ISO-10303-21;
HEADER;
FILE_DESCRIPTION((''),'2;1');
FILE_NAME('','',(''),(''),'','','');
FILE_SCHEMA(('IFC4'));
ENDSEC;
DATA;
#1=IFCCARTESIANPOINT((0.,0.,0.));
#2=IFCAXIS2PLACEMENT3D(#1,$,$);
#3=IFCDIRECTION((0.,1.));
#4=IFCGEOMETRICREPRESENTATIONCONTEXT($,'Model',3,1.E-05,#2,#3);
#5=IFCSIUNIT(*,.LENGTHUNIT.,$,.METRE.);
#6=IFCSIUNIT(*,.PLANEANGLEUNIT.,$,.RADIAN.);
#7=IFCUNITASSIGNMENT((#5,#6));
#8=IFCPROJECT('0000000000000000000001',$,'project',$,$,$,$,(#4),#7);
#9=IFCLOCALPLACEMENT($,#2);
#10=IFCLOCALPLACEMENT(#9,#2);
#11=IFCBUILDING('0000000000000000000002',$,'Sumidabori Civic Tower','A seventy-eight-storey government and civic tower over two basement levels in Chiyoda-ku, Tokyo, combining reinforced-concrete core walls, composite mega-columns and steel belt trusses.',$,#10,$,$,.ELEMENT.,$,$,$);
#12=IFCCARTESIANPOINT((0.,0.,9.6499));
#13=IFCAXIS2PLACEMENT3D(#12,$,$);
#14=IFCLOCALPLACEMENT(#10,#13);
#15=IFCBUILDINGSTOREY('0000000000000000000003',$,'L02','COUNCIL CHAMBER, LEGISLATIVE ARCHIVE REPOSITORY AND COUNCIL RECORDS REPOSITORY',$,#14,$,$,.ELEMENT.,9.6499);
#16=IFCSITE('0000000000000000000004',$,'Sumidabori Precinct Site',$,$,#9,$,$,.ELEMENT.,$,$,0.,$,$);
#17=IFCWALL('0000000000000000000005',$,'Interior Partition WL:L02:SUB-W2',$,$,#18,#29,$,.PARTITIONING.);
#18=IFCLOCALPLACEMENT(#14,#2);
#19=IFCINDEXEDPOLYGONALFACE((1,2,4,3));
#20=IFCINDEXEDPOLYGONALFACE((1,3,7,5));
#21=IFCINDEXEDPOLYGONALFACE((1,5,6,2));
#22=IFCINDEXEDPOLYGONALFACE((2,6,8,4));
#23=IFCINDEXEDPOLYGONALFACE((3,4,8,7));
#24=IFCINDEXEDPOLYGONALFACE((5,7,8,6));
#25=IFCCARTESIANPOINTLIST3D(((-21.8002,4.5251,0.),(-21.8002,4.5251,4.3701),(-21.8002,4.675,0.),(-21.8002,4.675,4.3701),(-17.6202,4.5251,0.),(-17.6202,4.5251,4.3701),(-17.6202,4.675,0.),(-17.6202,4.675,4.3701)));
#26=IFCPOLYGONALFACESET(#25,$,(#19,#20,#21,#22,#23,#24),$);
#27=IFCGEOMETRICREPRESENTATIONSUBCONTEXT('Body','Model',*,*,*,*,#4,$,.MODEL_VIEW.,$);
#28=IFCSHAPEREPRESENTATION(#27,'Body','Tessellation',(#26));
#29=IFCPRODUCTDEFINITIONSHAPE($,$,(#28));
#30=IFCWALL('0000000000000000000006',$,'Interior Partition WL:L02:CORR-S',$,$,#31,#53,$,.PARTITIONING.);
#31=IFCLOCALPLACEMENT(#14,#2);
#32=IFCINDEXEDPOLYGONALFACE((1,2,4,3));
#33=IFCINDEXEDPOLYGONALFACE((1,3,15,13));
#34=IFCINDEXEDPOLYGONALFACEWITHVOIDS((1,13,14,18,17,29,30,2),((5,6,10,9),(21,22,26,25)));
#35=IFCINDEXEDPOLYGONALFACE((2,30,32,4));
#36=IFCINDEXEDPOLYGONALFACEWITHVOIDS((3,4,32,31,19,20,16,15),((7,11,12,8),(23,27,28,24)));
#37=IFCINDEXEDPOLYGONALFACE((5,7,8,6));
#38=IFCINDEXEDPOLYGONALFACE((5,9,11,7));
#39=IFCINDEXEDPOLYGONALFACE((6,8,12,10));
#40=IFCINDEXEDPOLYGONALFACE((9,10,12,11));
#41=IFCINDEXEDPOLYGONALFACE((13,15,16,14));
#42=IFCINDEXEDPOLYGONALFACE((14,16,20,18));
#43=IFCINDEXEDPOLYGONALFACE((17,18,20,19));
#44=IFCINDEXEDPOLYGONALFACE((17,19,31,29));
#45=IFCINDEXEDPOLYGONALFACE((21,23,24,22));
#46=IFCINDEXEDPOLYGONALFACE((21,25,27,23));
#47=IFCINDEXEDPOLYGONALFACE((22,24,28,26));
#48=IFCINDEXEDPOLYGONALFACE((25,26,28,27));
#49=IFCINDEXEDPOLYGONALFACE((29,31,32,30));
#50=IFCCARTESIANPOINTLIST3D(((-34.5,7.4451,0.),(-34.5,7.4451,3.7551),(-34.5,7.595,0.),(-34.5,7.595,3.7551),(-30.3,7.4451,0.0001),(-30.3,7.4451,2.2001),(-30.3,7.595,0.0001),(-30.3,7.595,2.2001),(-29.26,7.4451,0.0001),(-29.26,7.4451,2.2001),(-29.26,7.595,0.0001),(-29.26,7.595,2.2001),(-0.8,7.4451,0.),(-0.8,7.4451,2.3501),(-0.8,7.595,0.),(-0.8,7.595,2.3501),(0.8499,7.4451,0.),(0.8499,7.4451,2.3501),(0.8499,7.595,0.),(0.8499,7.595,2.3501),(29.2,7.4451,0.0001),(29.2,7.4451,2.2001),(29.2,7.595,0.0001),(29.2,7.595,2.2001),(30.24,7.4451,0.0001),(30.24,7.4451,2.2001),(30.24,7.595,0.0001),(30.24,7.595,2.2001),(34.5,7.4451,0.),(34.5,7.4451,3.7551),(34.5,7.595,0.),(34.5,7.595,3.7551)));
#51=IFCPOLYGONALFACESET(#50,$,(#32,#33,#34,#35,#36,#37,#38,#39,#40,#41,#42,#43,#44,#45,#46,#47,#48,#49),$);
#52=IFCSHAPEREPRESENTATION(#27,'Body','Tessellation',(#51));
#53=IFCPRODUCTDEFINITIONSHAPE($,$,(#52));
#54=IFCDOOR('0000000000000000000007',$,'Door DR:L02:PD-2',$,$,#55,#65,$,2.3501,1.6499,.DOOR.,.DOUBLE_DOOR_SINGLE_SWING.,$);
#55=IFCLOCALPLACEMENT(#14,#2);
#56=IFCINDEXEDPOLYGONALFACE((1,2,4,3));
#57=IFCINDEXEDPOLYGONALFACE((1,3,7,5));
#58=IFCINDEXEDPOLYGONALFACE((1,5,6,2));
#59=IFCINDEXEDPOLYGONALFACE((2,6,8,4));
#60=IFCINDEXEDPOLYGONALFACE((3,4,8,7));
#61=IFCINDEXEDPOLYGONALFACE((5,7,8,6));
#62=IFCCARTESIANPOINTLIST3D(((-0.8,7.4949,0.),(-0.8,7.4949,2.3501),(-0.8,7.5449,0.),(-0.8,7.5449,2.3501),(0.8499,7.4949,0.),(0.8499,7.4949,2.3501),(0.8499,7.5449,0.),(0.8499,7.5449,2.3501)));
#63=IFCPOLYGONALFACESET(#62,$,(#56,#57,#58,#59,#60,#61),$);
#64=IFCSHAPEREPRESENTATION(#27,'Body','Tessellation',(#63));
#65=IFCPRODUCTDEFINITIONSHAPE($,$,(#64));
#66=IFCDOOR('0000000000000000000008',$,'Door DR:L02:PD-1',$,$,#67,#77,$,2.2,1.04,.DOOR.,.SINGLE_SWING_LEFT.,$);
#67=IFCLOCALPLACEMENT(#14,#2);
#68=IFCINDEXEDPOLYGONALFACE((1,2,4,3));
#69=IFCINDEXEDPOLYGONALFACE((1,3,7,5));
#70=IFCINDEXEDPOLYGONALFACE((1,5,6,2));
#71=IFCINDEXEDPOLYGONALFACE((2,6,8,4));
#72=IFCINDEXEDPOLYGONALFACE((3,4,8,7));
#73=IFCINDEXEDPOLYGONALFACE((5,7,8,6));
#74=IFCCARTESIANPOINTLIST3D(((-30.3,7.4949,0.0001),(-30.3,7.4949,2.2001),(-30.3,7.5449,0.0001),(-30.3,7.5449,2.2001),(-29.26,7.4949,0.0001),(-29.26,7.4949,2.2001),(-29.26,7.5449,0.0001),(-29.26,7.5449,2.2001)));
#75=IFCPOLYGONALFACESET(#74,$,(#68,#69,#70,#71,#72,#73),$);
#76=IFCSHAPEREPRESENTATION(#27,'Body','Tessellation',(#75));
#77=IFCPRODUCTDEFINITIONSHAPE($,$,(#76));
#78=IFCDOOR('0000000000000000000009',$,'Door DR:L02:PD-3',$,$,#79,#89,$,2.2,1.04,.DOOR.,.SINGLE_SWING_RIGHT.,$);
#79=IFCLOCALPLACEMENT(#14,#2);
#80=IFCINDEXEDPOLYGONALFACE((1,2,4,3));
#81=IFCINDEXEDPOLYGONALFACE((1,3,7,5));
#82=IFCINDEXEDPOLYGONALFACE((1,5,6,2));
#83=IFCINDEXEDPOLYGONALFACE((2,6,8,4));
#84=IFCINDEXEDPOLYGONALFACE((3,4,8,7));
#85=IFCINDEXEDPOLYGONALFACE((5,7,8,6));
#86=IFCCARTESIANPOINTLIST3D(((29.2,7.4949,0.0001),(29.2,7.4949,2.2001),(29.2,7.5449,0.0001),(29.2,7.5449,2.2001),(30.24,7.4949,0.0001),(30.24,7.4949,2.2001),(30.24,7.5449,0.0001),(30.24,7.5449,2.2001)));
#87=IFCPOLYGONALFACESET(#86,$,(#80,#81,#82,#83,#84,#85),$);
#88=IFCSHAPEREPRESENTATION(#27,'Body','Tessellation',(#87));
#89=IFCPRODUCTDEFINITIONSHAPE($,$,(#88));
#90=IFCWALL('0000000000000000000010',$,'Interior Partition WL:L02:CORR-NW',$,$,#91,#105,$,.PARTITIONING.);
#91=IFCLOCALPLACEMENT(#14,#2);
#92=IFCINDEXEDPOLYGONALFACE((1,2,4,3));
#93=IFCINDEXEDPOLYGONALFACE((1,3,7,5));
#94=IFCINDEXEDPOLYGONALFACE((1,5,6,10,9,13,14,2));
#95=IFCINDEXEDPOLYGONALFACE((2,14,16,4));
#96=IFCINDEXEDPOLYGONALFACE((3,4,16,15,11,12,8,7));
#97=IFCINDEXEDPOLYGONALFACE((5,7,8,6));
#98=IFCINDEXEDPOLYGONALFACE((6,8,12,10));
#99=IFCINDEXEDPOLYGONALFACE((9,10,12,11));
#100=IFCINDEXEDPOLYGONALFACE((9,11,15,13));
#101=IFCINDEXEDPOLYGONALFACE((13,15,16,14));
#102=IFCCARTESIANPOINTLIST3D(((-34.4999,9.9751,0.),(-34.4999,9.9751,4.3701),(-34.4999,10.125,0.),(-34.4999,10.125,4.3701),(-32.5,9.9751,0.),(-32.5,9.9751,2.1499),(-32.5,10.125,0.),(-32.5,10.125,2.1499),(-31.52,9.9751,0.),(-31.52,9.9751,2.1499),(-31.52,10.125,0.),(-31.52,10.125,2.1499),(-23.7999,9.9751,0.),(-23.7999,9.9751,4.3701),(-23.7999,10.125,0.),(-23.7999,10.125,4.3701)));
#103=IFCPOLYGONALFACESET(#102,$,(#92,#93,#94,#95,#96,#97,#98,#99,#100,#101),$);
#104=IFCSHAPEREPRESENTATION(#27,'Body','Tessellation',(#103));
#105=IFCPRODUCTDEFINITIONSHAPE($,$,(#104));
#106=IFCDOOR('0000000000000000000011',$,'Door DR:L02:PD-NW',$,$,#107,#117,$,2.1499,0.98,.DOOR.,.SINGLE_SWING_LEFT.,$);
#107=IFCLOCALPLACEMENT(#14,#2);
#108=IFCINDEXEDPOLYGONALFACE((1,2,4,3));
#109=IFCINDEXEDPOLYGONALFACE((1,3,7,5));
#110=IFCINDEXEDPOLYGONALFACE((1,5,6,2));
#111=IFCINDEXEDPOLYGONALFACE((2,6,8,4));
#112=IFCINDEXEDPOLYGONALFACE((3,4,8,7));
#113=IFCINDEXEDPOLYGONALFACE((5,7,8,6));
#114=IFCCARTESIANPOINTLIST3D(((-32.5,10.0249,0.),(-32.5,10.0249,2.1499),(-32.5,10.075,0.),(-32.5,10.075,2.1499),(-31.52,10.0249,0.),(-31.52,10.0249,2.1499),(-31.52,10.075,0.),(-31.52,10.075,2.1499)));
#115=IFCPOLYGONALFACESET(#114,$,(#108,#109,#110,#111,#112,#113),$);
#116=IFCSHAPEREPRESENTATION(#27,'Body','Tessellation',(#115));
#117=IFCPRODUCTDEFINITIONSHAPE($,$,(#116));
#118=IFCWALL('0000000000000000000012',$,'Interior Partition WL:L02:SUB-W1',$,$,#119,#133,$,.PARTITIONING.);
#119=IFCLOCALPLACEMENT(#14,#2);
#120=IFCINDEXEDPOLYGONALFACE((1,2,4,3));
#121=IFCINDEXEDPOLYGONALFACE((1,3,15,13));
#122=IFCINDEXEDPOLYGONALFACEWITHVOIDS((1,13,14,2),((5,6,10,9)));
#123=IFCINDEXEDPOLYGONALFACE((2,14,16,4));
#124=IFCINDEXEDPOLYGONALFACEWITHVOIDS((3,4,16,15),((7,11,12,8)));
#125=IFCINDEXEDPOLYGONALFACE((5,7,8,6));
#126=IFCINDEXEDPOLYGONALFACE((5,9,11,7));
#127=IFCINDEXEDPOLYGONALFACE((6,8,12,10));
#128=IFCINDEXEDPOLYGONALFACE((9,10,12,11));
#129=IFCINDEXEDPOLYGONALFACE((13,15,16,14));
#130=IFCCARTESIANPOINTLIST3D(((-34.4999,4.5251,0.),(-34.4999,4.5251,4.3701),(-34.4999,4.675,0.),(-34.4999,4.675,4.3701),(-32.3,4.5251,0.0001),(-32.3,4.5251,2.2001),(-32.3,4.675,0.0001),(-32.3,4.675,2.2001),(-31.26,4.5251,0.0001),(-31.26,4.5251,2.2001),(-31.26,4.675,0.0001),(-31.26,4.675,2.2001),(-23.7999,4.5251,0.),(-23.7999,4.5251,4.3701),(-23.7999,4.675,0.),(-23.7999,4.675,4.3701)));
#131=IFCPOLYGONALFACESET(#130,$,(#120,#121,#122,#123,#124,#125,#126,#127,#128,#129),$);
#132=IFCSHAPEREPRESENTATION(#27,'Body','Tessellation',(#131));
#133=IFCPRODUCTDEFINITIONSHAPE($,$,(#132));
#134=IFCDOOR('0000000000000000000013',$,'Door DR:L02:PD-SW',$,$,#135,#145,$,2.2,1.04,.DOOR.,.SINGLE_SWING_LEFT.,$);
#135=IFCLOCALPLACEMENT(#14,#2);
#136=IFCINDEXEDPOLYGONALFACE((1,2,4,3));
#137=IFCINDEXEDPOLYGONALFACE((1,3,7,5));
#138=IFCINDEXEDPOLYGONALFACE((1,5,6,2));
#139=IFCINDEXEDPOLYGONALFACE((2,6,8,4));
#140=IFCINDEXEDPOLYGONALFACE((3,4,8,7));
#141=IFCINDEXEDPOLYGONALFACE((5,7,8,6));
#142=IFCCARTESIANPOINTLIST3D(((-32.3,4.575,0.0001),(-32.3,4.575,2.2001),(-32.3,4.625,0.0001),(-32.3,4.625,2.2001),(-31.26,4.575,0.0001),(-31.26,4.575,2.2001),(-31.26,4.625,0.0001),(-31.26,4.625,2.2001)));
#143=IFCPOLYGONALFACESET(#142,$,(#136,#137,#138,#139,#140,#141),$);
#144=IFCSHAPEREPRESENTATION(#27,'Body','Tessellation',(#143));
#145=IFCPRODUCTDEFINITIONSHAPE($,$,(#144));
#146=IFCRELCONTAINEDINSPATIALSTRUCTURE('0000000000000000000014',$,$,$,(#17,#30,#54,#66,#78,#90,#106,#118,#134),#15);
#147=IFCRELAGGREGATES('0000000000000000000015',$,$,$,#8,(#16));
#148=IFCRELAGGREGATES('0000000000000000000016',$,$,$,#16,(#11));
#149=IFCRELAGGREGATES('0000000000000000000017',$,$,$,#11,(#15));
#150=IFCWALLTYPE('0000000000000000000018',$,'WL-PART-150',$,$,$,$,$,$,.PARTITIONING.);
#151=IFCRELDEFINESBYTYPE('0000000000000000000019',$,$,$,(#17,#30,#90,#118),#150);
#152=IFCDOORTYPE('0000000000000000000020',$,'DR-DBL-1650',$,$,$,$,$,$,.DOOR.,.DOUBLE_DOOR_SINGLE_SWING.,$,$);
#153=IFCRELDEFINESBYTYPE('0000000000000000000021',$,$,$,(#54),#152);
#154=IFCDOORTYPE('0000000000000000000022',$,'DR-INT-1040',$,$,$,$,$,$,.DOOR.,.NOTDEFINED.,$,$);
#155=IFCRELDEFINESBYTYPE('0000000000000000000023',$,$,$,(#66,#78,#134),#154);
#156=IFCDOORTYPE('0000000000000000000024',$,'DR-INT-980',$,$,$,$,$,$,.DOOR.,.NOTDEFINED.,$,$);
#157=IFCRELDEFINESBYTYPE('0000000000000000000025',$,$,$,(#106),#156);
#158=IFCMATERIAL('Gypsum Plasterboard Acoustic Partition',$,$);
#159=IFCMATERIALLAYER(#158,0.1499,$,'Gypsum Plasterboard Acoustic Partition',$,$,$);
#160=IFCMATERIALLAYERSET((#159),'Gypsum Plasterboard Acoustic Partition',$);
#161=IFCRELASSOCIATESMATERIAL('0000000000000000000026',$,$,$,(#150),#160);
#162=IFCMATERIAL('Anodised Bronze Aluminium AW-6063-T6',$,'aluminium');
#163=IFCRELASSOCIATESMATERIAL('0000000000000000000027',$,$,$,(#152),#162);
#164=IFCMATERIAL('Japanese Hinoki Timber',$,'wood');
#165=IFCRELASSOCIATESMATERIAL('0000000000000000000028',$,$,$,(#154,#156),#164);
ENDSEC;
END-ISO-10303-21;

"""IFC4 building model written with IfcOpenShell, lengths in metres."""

from ifc_helpers import new_model, si_unit, direction, frame, frame_2d, origin, place, context, subcontext, project, spatial, rectangle, extrude, source, transform, mapped, material, layer, layer_set, type_object, element, fill, save


model = new_model("IFC4")

# Units and contexts
model_context = context("Model", 3, precision=1e-05, world=origin(), true_north=direction((0.0, 1.0)))
body_context = subcontext(model_context, "Body", "Model", "MODEL_VIEW")
ifc_project = project(units=[si_unit("LENGTHUNIT", "METRE"), si_unit("PLANEANGLEUNIT", "RADIAN")], contexts=[model_context])

# Site, building, storey
site_placement = place(None, origin())
site = spatial("IfcSite", under=ifc_project, at=site_placement, Name="Sumidabori Precinct Site", CompositionType="ELEMENT", RefElevation=0.0)
building_placement = place(site_placement, origin())
building = spatial("IfcBuilding", under=site, at=building_placement, Name="Sumidabori Civic Tower", Description="A seventy-eight-storey government and civic tower over two basement levels in Chiyoda-ku, Tokyo, combining reinforced-concrete core walls, composite mega-columns and steel belt trusses.", CompositionType="ELEMENT")
storey_placement = place(building_placement, frame((0.0, 0.0, 9.6499)))
storey = spatial("IfcBuildingStorey", under=building, at=storey_placement, Name="L02", Description="COUNCIL CHAMBER, LEGISLATIVE ARCHIVE REPOSITORY AND COUNCIL RECORDS REPOSITORY", CompositionType="ELEMENT", Elevation=9.6499)

# Wall
ifc_material_1 = material(Name="Gypsum Plasterboard Acoustic Partition")
ifc_layer = layer(ifc_material_1, 0.1499, Name="Gypsum Plasterboard Acoustic Partition")
ifc_layer_set = layer_set([ifc_layer], Name="Gypsum Plasterboard Acoustic Partition")
wall_type = type_object("IfcWallType", Name="WL-PART-150", PredefinedType="PARTITIONING", material=ifc_layer_set)
shared_shape_1 = source(origin(), body_context, "Body", "SweptSolid", [
    extrude(rectangle(XDim=4.1799, YDim=0.1499, at=frame_2d((2.0898, 0.0))), origin(), (0.0, 0.0, 1.0), 4.3701),
])
wall_1_placement = place(storey_placement, frame((-21.8, 4.6001, 0.0), z_axis=(0.0, 0.0, 1.0), x_axis=(1.0, 0.0, 0.0)))
element("IfcWall", 1, at=wall_1_placement, inside=storey, type_object=wall_type, Name="Interior Partition WL:L02:SUB-W2", PredefinedType="PARTITIONING", context=body_context, shape_type="MappedRepresentation", body=[
    mapped(shared_shape_1, transform((0.0, 0.0, 0.0), x_axis=(1.0, 0.0, 0.0), y_axis=(0.0, 1.0, 0.0), z_axis=(0.0, 0.0, 1.0), scale=1.0)),
])

# Wall, openings, doors
shared_shape_2 = source(origin(), body_context, "Body", "SweptSolid", [
    extrude(rectangle(XDim=69.0, YDim=0.1499, at=frame_2d((34.5, 0.0))), origin(), (0.0, 0.0, 1.0), 3.7551),
])
wall_2_placement = place(storey_placement, frame((-34.5, 7.52, 0.0), z_axis=(0.0, 0.0, 1.0), x_axis=(1.0, 0.0, 0.0)))
wall_2 = element("IfcWall", 2, at=wall_2_placement, inside=storey, type_object=wall_type, Name="Interior Partition WL:L02:CORR-S", PredefinedType="PARTITIONING", context=body_context, shape_type="MappedRepresentation", body=[
    mapped(shared_shape_2, transform((0.0, 0.0, 0.0), x_axis=(1.0, 0.0, 0.0), y_axis=(0.0, 1.0, 0.0), z_axis=(0.0, 0.0, 1.0), scale=1.0)),
])
opening_1_placement = place(wall_2_placement, frame((4.2, 0.0, 0.0)))
opening_1 = element("IfcOpeningElement", 3, at=opening_1_placement, cuts=wall_2, PredefinedType="OPENING", context=body_context, shape_type="SweptSolid", body=[
    extrude(rectangle(XDim=1.04, YDim=2.2, at=frame_2d((0.52, 1.1001))), frame((0.0, 0.0869, 0.0), z_axis=(0.0, -1.0, 0.0), x_axis=(1.0, 0.0, 0.0)), (0.0, 0.0, 1.0), 0.1738),
])
opening_2_placement = place(wall_2_placement, frame((33.7, 0.0, 0.0)))
opening_2 = element("IfcOpeningElement", 4, at=opening_2_placement, cuts=wall_2, PredefinedType="OPENING", context=body_context, shape_type="SweptSolid", body=[
    extrude(rectangle(XDim=1.6499, YDim=2.3501, at=frame_2d((0.825, 1.175))), frame((0.0, 0.0869, 0.0), z_axis=(0.0, -1.0, 0.0), x_axis=(1.0, 0.0, 0.0)), (0.0, 0.0, 1.0), 0.1738),
])
opening_3_placement = place(wall_2_placement, frame((63.7, 0.0, 0.0)))
opening_3 = element("IfcOpeningElement", 5, at=opening_3_placement, cuts=wall_2, PredefinedType="OPENING", context=body_context, shape_type="SweptSolid", body=[
    extrude(rectangle(XDim=1.04, YDim=2.2, at=frame_2d((0.52, 1.1001))), frame((0.0, 0.0869, 0.0), z_axis=(0.0, -1.0, 0.0), x_axis=(1.0, 0.0, 0.0)), (0.0, 0.0, 1.0), 0.1738),
])
ifc_material_2 = material(Name="Anodised Bronze Aluminium AW-6063-T6", Category="aluminium")
door_type_1 = type_object("IfcDoorType", Name="DR-DBL-1650", OperationType="DOUBLE_DOOR_SINGLE_SWING", PredefinedType="DOOR", material=ifc_material_2)
shared_shape_3 = source(origin(), body_context, "Body", "SweptSolid", [
    extrude(rectangle(XDim=1.6499, YDim=2.3501, at=frame_2d((0.825, 1.175))), frame((0.0, 0.0249, 0.0), z_axis=(0.0, -1.0, 0.0), x_axis=(1.0, 0.0, 0.0)), (0.0, 0.0, 1.0), 0.05),
])
door_1_placement = place(opening_2_placement, origin())
door_1 = element("IfcDoor", 6, at=door_1_placement, inside=storey, type_object=door_type_1, Name="Door DR:L02:PD-2", OperationType="DOUBLE_DOOR_SINGLE_SWING", OverallHeight=2.3501, OverallWidth=1.6499, PredefinedType="DOOR", context=body_context, shape_type="MappedRepresentation", body=[
    mapped(shared_shape_3, transform((0.0, 0.0, 0.0), x_axis=(1.0, 0.0, 0.0), y_axis=(0.0, 1.0, 0.0), z_axis=(0.0, 0.0, 1.0), scale=1.0)),
])
fill(opening_2, door_1)
ifc_material_3 = material(Name="Japanese Hinoki Timber", Category="wood")
door_type_2 = type_object("IfcDoorType", Name="DR-INT-1040", OperationType="NOTDEFINED", PredefinedType="DOOR", material=ifc_material_3)
shared_shape_4 = source(origin(), body_context, "Body", "SweptSolid", [
    extrude(rectangle(XDim=1.04, YDim=2.2, at=frame_2d((0.52, 1.1001))), frame((0.0, 0.0249, 0.0), z_axis=(0.0, -1.0, 0.0), x_axis=(1.0, 0.0, 0.0)), (0.0, 0.0, 1.0), 0.05),
])
door_2_placement = place(opening_1_placement, origin())
door_2 = element("IfcDoor", 7, at=door_2_placement, inside=storey, type_object=door_type_2, Name="Door DR:L02:PD-1", OperationType="SINGLE_SWING_LEFT", OverallHeight=2.2, OverallWidth=1.04, PredefinedType="DOOR", context=body_context, shape_type="MappedRepresentation", body=[
    mapped(shared_shape_4, transform((0.0, 0.0, 0.0), x_axis=(1.0, 0.0, 0.0), y_axis=(0.0, 1.0, 0.0), z_axis=(0.0, 0.0, 1.0), scale=1.0)),
])
fill(opening_1, door_2)
door_3_placement = place(opening_3_placement, origin())
door_3 = element("IfcDoor", 8, at=door_3_placement, inside=storey, type_object=door_type_2, Name="Door DR:L02:PD-3", OperationType="SINGLE_SWING_RIGHT", OverallHeight=2.2, OverallWidth=1.04, PredefinedType="DOOR", context=body_context, shape_type="MappedRepresentation", body=[
    mapped(shared_shape_4, transform((0.0, 0.0, 0.0), x_axis=(1.0, 0.0, 0.0), y_axis=(0.0, 1.0, 0.0), z_axis=(0.0, 0.0, 1.0), scale=1.0)),
])
fill(opening_3, door_3)

# Walls, openings, doors
shared_shape_5 = source(origin(), body_context, "Body", "SweptSolid", [
    extrude(rectangle(XDim=10.7, YDim=0.1499, at=frame_2d((5.3501, 0.0))), origin(), (0.0, 0.0, 1.0), 4.3701),
])
wall_3_placement = place(storey_placement, frame((-34.5, 10.05, 0.0), z_axis=(0.0, 0.0, 1.0), x_axis=(1.0, 0.0, 0.0)))
wall_3 = element("IfcWall", 9, at=wall_3_placement, inside=storey, type_object=wall_type, Name="Interior Partition WL:L02:CORR-NW", PredefinedType="PARTITIONING", context=body_context, shape_type="MappedRepresentation", body=[
    mapped(shared_shape_5, transform((0.0, 0.0, 0.0), x_axis=(1.0, 0.0, 0.0), y_axis=(0.0, 1.0, 0.0), z_axis=(0.0, 0.0, 1.0), scale=1.0)),
])
opening_4_placement = place(wall_3_placement, frame((2.0, 0.0, 0.0)))
opening_4 = element("IfcOpeningElement", 10, at=opening_4_placement, cuts=wall_3, PredefinedType="OPENING", context=body_context, shape_type="SweptSolid", body=[
    extrude(rectangle(XDim=0.98, YDim=2.1499, at=frame_2d((0.49, 1.075))), frame((0.0, 0.0869, 0.0), z_axis=(0.0, -1.0, 0.0), x_axis=(1.0, 0.0, 0.0)), (0.0, 0.0, 1.0), 0.1738),
])
door_type_3 = type_object("IfcDoorType", Name="DR-INT-980", OperationType="NOTDEFINED", PredefinedType="DOOR", material=ifc_material_3)
shared_shape_6 = source(origin(), body_context, "Body", "SweptSolid", [
    extrude(rectangle(XDim=0.98, YDim=2.1499, at=frame_2d((0.49, 1.075))), frame((0.0, 0.0249, 0.0), z_axis=(0.0, -1.0, 0.0), x_axis=(1.0, 0.0, 0.0)), (0.0, 0.0, 1.0), 0.05),
])
door_4_placement = place(opening_4_placement, origin())
door_4 = element("IfcDoor", 11, at=door_4_placement, inside=storey, type_object=door_type_3, Name="Door DR:L02:PD-NW", OperationType="SINGLE_SWING_LEFT", OverallHeight=2.1499, OverallWidth=0.98, PredefinedType="DOOR", context=body_context, shape_type="MappedRepresentation", body=[
    mapped(shared_shape_6, transform((0.0, 0.0, 0.0), x_axis=(1.0, 0.0, 0.0), y_axis=(0.0, 1.0, 0.0), z_axis=(0.0, 0.0, 1.0), scale=1.0)),
])
fill(opening_4, door_4)
wall_4_placement = place(storey_placement, frame((-34.5, 4.6001, 0.0), z_axis=(0.0, 0.0, 1.0), x_axis=(1.0, 0.0, 0.0)))
wall_4 = element("IfcWall", 12, at=wall_4_placement, inside=storey, type_object=wall_type, Name="Interior Partition WL:L02:SUB-W1", PredefinedType="PARTITIONING", context=body_context, shape_type="MappedRepresentation", body=[
    mapped(shared_shape_5, transform((0.0, 0.0, 0.0), x_axis=(1.0, 0.0, 0.0), y_axis=(0.0, 1.0, 0.0), z_axis=(0.0, 0.0, 1.0), scale=1.0)),
])
opening_5_placement = place(wall_4_placement, frame((2.2, 0.0, 0.0)))
opening_5 = element("IfcOpeningElement", 13, at=opening_5_placement, cuts=wall_4, PredefinedType="OPENING", context=body_context, shape_type="SweptSolid", body=[
    extrude(rectangle(XDim=1.04, YDim=2.2, at=frame_2d((0.52, 1.1001))), frame((0.0, 0.0869, 0.0), z_axis=(0.0, -1.0, 0.0), x_axis=(1.0, 0.0, 0.0)), (0.0, 0.0, 1.0), 0.1738),
])
door_5_placement = place(opening_5_placement, origin())
door_5 = element("IfcDoor", 14, at=door_5_placement, inside=storey, type_object=door_type_2, Name="Door DR:L02:PD-SW", OperationType="SINGLE_SWING_LEFT", OverallHeight=2.2, OverallWidth=1.04, PredefinedType="DOOR", context=body_context, shape_type="MappedRepresentation", body=[
    mapped(shared_shape_4, transform((0.0, 0.0, 0.0), x_axis=(1.0, 0.0, 0.0), y_axis=(0.0, 1.0, 0.0), z_axis=(0.0, 0.0, 1.0), scale=1.0)),
])
fill(opening_5, door_5)

save(model, "model.ifc")
